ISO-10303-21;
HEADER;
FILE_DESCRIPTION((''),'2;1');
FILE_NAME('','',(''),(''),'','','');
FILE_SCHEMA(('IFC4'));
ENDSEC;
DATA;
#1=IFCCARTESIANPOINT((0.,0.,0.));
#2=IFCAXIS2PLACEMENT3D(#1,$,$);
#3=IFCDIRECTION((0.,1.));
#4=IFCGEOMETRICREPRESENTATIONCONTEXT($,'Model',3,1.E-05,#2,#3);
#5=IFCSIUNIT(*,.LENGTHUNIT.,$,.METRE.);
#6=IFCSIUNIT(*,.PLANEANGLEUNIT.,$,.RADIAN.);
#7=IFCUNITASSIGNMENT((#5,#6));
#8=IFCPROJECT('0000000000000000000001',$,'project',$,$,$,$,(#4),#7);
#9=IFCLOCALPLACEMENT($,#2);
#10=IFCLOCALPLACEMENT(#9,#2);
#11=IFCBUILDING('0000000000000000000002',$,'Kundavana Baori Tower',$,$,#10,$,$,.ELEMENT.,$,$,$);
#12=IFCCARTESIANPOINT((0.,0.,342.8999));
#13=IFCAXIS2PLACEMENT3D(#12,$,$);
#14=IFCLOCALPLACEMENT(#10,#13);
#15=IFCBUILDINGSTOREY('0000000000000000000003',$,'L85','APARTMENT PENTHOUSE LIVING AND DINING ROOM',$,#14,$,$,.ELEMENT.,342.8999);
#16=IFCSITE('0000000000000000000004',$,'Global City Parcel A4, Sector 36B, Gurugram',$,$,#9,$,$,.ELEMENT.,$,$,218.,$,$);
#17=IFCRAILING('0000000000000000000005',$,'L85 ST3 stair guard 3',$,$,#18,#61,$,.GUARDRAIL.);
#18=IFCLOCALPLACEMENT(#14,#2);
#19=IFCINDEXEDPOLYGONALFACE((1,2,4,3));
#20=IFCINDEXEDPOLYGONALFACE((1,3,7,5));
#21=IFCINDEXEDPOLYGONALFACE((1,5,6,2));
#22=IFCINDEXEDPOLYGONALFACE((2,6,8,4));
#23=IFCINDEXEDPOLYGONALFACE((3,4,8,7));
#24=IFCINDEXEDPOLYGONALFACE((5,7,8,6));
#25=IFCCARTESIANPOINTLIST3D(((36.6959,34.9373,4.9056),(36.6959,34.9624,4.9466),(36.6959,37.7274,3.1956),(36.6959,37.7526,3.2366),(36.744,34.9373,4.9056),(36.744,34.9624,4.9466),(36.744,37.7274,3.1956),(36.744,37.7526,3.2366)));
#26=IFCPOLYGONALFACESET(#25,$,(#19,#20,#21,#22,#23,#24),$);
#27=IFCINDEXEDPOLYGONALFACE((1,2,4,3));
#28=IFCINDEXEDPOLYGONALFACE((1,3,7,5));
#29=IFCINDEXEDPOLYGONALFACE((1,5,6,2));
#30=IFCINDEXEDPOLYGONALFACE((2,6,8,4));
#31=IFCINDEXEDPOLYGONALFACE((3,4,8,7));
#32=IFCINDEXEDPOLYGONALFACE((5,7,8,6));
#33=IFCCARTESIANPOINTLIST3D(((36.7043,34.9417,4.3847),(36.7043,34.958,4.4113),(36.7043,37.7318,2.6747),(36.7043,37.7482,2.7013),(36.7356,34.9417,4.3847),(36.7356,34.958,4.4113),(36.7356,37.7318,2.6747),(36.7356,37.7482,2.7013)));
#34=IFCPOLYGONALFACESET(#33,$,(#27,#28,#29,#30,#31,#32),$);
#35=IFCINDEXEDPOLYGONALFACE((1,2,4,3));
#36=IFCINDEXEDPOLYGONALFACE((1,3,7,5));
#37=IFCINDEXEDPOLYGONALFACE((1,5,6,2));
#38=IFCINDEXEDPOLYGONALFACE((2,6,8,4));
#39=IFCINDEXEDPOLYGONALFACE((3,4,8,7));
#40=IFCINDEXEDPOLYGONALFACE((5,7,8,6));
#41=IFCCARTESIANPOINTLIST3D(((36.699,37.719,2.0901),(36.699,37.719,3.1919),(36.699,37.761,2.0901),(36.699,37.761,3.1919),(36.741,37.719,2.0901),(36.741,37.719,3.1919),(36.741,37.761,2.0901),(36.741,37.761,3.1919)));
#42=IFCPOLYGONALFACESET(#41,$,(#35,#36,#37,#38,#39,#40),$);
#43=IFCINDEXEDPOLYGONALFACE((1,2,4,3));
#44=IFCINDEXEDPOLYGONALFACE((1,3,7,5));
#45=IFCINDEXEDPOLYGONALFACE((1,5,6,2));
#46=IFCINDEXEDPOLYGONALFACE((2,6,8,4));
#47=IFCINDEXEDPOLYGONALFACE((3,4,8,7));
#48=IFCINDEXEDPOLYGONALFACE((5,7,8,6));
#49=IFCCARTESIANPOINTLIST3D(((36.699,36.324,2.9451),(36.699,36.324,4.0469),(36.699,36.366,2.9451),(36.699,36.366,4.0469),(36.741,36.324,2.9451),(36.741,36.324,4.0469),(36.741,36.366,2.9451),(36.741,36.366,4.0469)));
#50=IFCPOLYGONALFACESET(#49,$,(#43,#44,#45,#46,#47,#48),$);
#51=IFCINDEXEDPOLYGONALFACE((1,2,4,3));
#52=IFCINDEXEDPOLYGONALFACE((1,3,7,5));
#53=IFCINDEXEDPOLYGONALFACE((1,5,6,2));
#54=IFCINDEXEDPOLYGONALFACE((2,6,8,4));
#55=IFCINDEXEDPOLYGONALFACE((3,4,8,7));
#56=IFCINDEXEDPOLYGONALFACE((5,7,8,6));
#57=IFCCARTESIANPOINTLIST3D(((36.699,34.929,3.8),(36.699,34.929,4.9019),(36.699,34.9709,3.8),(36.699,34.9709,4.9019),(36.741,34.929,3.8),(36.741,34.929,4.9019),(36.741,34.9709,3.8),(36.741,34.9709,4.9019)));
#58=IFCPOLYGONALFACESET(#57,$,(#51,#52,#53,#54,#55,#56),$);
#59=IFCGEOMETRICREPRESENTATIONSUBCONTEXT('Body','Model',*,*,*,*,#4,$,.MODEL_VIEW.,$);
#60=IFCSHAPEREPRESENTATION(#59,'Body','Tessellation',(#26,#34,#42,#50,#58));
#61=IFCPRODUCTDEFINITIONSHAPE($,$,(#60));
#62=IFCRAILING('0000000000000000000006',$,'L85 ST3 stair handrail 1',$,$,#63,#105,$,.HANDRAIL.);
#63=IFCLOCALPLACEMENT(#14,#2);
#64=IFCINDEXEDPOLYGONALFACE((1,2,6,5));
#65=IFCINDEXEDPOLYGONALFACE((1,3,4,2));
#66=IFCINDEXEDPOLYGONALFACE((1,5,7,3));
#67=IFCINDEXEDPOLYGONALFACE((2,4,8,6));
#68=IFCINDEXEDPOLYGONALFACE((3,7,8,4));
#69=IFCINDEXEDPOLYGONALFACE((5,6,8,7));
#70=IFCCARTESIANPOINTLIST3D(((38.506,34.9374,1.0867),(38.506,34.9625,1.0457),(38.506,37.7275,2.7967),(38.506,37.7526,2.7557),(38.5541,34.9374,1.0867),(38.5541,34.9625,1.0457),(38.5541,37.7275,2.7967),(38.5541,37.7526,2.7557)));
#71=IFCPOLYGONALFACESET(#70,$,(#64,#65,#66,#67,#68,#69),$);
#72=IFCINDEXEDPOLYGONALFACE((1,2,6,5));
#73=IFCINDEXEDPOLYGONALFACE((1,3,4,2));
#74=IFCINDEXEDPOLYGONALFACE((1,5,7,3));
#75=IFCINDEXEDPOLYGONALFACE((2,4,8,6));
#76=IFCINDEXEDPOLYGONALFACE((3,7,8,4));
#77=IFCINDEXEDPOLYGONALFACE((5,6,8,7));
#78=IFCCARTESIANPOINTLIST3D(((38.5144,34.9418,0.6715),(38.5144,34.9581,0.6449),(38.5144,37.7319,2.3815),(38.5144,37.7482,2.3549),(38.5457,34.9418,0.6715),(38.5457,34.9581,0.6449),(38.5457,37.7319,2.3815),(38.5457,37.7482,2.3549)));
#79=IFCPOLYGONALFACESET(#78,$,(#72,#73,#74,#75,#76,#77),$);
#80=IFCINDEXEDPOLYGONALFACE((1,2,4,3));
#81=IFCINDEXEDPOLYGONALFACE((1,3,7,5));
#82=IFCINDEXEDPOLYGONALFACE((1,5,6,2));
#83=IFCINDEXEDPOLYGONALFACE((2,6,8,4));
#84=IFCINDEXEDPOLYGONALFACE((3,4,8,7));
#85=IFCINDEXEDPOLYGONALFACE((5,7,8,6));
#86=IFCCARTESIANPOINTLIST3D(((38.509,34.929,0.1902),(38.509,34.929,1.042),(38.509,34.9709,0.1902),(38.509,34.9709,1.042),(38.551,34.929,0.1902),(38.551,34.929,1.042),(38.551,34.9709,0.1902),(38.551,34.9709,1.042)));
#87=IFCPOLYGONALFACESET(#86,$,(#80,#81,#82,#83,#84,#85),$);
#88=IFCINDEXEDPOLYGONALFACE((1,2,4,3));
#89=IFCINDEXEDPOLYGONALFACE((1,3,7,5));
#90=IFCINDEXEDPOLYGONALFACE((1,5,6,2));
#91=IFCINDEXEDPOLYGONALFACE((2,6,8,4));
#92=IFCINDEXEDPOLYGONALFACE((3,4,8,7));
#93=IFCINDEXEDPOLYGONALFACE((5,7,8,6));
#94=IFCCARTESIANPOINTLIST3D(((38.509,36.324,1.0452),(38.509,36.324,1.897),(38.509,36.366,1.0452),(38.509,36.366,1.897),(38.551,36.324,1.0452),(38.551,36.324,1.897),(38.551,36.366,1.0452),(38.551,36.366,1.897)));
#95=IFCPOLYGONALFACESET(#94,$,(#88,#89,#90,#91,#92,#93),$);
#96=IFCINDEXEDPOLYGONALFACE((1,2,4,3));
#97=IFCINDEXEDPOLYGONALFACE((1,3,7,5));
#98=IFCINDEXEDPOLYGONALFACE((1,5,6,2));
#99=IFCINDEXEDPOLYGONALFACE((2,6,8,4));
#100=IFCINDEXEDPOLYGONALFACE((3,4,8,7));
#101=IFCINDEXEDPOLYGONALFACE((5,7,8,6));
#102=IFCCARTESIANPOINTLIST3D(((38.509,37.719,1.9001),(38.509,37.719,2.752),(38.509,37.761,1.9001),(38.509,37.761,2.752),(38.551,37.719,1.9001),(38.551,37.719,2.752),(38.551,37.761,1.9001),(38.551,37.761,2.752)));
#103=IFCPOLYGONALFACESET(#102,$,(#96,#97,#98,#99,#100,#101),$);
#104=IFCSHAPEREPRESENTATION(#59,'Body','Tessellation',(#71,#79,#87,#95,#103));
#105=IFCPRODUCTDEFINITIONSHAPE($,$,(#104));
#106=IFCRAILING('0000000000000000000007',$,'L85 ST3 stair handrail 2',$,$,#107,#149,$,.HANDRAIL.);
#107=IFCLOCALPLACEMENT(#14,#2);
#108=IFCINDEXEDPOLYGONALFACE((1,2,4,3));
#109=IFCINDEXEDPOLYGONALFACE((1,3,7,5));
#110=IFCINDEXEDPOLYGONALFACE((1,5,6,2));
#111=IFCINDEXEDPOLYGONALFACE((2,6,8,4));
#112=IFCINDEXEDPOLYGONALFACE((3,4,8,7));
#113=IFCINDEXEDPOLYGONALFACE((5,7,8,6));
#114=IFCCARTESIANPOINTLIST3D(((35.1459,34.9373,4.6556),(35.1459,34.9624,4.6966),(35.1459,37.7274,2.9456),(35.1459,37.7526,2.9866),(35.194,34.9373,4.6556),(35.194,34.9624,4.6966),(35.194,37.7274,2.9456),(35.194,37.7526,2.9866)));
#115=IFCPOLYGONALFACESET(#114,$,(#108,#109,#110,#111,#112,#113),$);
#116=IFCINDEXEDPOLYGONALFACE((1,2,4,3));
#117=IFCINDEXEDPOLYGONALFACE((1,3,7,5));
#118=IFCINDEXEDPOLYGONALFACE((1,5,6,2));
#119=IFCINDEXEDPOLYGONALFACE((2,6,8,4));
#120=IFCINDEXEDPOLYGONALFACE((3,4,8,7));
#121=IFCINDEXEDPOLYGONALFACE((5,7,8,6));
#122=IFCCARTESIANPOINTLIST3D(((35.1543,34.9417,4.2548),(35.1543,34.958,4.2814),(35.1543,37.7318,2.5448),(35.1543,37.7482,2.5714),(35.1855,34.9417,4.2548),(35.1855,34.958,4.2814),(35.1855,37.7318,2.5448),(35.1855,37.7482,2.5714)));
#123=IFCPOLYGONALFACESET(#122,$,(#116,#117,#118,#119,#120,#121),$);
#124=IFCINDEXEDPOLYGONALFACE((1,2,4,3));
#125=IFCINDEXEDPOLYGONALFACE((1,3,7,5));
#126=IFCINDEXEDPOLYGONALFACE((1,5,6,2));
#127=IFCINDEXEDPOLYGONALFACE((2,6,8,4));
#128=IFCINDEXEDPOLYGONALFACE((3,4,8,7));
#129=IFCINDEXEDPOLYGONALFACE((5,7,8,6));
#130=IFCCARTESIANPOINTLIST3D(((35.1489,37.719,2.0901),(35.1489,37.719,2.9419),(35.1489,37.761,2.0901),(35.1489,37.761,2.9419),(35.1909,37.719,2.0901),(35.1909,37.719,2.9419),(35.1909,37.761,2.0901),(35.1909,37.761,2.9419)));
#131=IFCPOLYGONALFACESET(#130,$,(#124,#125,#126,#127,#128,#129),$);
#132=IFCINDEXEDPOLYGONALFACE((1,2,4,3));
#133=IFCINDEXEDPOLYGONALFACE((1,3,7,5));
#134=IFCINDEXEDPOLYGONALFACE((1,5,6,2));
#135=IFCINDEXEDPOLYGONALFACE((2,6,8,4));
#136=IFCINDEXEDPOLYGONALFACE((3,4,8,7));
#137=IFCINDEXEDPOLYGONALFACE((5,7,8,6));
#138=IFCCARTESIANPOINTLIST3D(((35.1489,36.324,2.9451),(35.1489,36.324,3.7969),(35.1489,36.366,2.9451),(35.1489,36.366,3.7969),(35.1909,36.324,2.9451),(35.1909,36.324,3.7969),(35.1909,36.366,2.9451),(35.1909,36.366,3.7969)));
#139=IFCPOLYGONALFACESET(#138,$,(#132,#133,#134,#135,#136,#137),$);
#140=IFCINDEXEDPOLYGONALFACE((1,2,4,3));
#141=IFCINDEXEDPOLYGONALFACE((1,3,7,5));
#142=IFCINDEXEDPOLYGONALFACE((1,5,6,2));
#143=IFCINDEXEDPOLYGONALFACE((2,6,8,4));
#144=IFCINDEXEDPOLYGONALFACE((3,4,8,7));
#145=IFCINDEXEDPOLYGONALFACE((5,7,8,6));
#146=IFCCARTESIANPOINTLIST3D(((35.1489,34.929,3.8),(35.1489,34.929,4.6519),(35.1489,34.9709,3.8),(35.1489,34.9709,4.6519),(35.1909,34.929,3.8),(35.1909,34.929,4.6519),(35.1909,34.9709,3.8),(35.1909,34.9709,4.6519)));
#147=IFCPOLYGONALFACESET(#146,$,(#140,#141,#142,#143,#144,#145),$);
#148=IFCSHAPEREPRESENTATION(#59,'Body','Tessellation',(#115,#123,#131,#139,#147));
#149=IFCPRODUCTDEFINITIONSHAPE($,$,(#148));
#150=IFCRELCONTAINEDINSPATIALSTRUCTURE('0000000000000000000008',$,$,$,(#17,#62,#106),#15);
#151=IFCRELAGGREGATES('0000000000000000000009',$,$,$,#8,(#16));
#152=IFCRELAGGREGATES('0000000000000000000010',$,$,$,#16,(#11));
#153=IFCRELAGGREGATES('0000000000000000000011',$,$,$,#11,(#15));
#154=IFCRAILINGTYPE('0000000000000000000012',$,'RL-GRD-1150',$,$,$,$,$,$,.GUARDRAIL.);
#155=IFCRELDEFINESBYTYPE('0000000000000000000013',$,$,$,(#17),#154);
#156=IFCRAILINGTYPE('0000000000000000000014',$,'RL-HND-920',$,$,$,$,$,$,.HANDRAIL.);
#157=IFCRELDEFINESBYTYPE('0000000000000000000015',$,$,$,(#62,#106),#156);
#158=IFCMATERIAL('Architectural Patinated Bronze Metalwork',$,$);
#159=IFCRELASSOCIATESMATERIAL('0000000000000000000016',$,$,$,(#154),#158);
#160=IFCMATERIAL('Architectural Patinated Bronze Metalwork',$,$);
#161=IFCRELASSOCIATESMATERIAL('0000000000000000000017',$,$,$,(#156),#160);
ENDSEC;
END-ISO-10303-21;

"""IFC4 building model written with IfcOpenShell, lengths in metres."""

from ifc_helpers import new_model, si_unit, direction, frame, origin, origin_2d, place, context, subcontext, project, spatial, rectangle, extrude, material, type_object, element, save


model = new_model("IFC4")

# Units and contexts
model_context = context("Model", 3, precision=1e-05, world=origin(), true_north=direction((0.0, 1.0)))
body_context = subcontext(model_context, "Body", "Model", "MODEL_VIEW")
ifc_project = project(units=[si_unit("LENGTHUNIT", "METRE"), si_unit("PLANEANGLEUNIT", "RADIAN")], contexts=[model_context])

# Site, building, storey
site_placement = place(None, origin())
site = spatial("IfcSite", under=ifc_project, at=site_placement, Name="Global City Parcel A4, Sector 36B, Gurugram", CompositionType="ELEMENT", RefElevation=218.0)
building_placement = place(site_placement, origin())
building = spatial("IfcBuilding", under=site, at=building_placement, Name="Kundavana Baori Tower", CompositionType="ELEMENT")
storey_placement = place(building_placement, frame((0.0, 0.0, 342.8999)))
storey = spatial("IfcBuildingStorey", under=building, at=storey_placement, Name="L85", Description="APARTMENT PENTHOUSE LIVING AND DINING ROOM", CompositionType="ELEMENT", Elevation=342.8999)

# Railings
ifc_material_1 = material(Name="Architectural Patinated Bronze Metalwork")
railing_type_1 = type_object("IfcRailingType", Name="RL-GRD-1150", PredefinedType="GUARDRAIL", material=ifc_material_1)
railing_1_placement = place(storey_placement, frame((36.72, 37.74, 2.0901)))
element("IfcRailing", 1, at=railing_1_placement, inside=storey, type_object=railing_type_1, Name="L85 ST3 stair guard 3", PredefinedType="GUARDRAIL", context=body_context, shape_type="SweptSolid", body=[
    extrude(rectangle(XDim=0.0481, YDim=0.0481, at=origin_2d()), frame((0.0, 0.0, 1.126), z_axis=(0.0, -0.85261, 0.522548), x_axis=(1.0, 0.0, 0.0)), (0.0, 0.0, 1.0), 3.2725),
    extrude(rectangle(XDim=0.0312, YDim=0.0312, at=origin_2d()), frame((0.0, 0.0, 0.5979), z_axis=(0.0, -0.85261, 0.522548), x_axis=(1.0, 0.0, 0.0)), (0.0, 0.0, 1.0), 3.2725),
    extrude(rectangle(XDim=0.042, YDim=0.042, at=origin_2d()), origin(), (0.0, 0.0, 1.0), 1.1018),
    extrude(rectangle(XDim=0.042, YDim=0.042, at=origin_2d()), frame((0.0, -1.395, 0.855)), (0.0, 0.0, 1.0), 1.1018),
    extrude(rectangle(XDim=0.042, YDim=0.042, at=origin_2d()), frame((0.0, -2.79, 1.71)), (0.0, 0.0, 1.0), 1.1018),
])
ifc_material_2 = material(Name="Architectural Patinated Bronze Metalwork")
railing_type_2 = type_object("IfcRailingType", Name="RL-HND-920", PredefinedType="HANDRAIL", material=ifc_material_2)
railing_2_placement = place(storey_placement, frame((38.53, 34.95, 0.1902)))
element("IfcRailing", 2, at=railing_2_placement, inside=storey, type_object=railing_type_2, Name="L85 ST3 stair handrail 1", PredefinedType="HANDRAIL", context=body_context, shape_type="SweptSolid", body=[
    extrude(rectangle(XDim=0.0481, YDim=0.0481, at=origin_2d()), frame((0.0, 0.0, 0.876), z_axis=(0.0, 0.85261, 0.522548), x_axis=(-1.0, 0.0, 0.0)), (0.0, 0.0, 1.0), 3.2725),
    extrude(rectangle(XDim=0.0312, YDim=0.0312, at=origin_2d()), frame((0.0, 0.0, 0.468), z_axis=(0.0, 0.85261, 0.522548), x_axis=(-1.0, 0.0, 0.0)), (0.0, 0.0, 1.0), 3.2725),
    extrude(rectangle(XDim=0.042, YDim=0.042, at=origin_2d()), origin(), (0.0, 0.0, 1.0), 0.8518),
    extrude(rectangle(XDim=0.042, YDim=0.042, at=origin_2d()), frame((0.0, 1.395, 0.855)), (0.0, 0.0, 1.0), 0.8518),
    extrude(rectangle(XDim=0.042, YDim=0.042, at=origin_2d()), frame((0.0, 2.79, 1.71)), (0.0, 0.0, 1.0), 0.8518),
])
railing_3_placement = place(storey_placement, frame((35.1699, 37.74, 2.0901)))
element("IfcRailing", 3, at=railing_3_placement, inside=storey, type_object=railing_type_2, Name="L85 ST3 stair handrail 2", PredefinedType="HANDRAIL", context=body_context, shape_type="SweptSolid", body=[
    extrude(rectangle(XDim=0.0481, YDim=0.0481, at=origin_2d()), frame((0.0, 0.0, 0.876), z_axis=(0.0, -0.85261, 0.522548), x_axis=(1.0, 0.0, 0.0)), (0.0, 0.0, 1.0), 3.2725),
    extrude(rectangle(XDim=0.0312, YDim=0.0312, at=origin_2d()), frame((0.0, 0.0, 0.468), z_axis=(0.0, -0.85261, 0.522548), x_axis=(1.0, 0.0, 0.0)), (0.0, 0.0, 1.0), 3.2725),
    extrude(rectangle(XDim=0.042, YDim=0.042, at=origin_2d()), origin(), (0.0, 0.0, 1.0), 0.8518),
    extrude(rectangle(XDim=0.042, YDim=0.042, at=origin_2d()), frame((0.0, -1.395, 0.855)), (0.0, 0.0, 1.0), 0.8518),
    extrude(rectangle(XDim=0.042, YDim=0.042, at=origin_2d()), frame((0.0, -2.79, 1.71)), (0.0, 0.0, 1.0), 0.8518),
])

save(model, "model.ifc")
